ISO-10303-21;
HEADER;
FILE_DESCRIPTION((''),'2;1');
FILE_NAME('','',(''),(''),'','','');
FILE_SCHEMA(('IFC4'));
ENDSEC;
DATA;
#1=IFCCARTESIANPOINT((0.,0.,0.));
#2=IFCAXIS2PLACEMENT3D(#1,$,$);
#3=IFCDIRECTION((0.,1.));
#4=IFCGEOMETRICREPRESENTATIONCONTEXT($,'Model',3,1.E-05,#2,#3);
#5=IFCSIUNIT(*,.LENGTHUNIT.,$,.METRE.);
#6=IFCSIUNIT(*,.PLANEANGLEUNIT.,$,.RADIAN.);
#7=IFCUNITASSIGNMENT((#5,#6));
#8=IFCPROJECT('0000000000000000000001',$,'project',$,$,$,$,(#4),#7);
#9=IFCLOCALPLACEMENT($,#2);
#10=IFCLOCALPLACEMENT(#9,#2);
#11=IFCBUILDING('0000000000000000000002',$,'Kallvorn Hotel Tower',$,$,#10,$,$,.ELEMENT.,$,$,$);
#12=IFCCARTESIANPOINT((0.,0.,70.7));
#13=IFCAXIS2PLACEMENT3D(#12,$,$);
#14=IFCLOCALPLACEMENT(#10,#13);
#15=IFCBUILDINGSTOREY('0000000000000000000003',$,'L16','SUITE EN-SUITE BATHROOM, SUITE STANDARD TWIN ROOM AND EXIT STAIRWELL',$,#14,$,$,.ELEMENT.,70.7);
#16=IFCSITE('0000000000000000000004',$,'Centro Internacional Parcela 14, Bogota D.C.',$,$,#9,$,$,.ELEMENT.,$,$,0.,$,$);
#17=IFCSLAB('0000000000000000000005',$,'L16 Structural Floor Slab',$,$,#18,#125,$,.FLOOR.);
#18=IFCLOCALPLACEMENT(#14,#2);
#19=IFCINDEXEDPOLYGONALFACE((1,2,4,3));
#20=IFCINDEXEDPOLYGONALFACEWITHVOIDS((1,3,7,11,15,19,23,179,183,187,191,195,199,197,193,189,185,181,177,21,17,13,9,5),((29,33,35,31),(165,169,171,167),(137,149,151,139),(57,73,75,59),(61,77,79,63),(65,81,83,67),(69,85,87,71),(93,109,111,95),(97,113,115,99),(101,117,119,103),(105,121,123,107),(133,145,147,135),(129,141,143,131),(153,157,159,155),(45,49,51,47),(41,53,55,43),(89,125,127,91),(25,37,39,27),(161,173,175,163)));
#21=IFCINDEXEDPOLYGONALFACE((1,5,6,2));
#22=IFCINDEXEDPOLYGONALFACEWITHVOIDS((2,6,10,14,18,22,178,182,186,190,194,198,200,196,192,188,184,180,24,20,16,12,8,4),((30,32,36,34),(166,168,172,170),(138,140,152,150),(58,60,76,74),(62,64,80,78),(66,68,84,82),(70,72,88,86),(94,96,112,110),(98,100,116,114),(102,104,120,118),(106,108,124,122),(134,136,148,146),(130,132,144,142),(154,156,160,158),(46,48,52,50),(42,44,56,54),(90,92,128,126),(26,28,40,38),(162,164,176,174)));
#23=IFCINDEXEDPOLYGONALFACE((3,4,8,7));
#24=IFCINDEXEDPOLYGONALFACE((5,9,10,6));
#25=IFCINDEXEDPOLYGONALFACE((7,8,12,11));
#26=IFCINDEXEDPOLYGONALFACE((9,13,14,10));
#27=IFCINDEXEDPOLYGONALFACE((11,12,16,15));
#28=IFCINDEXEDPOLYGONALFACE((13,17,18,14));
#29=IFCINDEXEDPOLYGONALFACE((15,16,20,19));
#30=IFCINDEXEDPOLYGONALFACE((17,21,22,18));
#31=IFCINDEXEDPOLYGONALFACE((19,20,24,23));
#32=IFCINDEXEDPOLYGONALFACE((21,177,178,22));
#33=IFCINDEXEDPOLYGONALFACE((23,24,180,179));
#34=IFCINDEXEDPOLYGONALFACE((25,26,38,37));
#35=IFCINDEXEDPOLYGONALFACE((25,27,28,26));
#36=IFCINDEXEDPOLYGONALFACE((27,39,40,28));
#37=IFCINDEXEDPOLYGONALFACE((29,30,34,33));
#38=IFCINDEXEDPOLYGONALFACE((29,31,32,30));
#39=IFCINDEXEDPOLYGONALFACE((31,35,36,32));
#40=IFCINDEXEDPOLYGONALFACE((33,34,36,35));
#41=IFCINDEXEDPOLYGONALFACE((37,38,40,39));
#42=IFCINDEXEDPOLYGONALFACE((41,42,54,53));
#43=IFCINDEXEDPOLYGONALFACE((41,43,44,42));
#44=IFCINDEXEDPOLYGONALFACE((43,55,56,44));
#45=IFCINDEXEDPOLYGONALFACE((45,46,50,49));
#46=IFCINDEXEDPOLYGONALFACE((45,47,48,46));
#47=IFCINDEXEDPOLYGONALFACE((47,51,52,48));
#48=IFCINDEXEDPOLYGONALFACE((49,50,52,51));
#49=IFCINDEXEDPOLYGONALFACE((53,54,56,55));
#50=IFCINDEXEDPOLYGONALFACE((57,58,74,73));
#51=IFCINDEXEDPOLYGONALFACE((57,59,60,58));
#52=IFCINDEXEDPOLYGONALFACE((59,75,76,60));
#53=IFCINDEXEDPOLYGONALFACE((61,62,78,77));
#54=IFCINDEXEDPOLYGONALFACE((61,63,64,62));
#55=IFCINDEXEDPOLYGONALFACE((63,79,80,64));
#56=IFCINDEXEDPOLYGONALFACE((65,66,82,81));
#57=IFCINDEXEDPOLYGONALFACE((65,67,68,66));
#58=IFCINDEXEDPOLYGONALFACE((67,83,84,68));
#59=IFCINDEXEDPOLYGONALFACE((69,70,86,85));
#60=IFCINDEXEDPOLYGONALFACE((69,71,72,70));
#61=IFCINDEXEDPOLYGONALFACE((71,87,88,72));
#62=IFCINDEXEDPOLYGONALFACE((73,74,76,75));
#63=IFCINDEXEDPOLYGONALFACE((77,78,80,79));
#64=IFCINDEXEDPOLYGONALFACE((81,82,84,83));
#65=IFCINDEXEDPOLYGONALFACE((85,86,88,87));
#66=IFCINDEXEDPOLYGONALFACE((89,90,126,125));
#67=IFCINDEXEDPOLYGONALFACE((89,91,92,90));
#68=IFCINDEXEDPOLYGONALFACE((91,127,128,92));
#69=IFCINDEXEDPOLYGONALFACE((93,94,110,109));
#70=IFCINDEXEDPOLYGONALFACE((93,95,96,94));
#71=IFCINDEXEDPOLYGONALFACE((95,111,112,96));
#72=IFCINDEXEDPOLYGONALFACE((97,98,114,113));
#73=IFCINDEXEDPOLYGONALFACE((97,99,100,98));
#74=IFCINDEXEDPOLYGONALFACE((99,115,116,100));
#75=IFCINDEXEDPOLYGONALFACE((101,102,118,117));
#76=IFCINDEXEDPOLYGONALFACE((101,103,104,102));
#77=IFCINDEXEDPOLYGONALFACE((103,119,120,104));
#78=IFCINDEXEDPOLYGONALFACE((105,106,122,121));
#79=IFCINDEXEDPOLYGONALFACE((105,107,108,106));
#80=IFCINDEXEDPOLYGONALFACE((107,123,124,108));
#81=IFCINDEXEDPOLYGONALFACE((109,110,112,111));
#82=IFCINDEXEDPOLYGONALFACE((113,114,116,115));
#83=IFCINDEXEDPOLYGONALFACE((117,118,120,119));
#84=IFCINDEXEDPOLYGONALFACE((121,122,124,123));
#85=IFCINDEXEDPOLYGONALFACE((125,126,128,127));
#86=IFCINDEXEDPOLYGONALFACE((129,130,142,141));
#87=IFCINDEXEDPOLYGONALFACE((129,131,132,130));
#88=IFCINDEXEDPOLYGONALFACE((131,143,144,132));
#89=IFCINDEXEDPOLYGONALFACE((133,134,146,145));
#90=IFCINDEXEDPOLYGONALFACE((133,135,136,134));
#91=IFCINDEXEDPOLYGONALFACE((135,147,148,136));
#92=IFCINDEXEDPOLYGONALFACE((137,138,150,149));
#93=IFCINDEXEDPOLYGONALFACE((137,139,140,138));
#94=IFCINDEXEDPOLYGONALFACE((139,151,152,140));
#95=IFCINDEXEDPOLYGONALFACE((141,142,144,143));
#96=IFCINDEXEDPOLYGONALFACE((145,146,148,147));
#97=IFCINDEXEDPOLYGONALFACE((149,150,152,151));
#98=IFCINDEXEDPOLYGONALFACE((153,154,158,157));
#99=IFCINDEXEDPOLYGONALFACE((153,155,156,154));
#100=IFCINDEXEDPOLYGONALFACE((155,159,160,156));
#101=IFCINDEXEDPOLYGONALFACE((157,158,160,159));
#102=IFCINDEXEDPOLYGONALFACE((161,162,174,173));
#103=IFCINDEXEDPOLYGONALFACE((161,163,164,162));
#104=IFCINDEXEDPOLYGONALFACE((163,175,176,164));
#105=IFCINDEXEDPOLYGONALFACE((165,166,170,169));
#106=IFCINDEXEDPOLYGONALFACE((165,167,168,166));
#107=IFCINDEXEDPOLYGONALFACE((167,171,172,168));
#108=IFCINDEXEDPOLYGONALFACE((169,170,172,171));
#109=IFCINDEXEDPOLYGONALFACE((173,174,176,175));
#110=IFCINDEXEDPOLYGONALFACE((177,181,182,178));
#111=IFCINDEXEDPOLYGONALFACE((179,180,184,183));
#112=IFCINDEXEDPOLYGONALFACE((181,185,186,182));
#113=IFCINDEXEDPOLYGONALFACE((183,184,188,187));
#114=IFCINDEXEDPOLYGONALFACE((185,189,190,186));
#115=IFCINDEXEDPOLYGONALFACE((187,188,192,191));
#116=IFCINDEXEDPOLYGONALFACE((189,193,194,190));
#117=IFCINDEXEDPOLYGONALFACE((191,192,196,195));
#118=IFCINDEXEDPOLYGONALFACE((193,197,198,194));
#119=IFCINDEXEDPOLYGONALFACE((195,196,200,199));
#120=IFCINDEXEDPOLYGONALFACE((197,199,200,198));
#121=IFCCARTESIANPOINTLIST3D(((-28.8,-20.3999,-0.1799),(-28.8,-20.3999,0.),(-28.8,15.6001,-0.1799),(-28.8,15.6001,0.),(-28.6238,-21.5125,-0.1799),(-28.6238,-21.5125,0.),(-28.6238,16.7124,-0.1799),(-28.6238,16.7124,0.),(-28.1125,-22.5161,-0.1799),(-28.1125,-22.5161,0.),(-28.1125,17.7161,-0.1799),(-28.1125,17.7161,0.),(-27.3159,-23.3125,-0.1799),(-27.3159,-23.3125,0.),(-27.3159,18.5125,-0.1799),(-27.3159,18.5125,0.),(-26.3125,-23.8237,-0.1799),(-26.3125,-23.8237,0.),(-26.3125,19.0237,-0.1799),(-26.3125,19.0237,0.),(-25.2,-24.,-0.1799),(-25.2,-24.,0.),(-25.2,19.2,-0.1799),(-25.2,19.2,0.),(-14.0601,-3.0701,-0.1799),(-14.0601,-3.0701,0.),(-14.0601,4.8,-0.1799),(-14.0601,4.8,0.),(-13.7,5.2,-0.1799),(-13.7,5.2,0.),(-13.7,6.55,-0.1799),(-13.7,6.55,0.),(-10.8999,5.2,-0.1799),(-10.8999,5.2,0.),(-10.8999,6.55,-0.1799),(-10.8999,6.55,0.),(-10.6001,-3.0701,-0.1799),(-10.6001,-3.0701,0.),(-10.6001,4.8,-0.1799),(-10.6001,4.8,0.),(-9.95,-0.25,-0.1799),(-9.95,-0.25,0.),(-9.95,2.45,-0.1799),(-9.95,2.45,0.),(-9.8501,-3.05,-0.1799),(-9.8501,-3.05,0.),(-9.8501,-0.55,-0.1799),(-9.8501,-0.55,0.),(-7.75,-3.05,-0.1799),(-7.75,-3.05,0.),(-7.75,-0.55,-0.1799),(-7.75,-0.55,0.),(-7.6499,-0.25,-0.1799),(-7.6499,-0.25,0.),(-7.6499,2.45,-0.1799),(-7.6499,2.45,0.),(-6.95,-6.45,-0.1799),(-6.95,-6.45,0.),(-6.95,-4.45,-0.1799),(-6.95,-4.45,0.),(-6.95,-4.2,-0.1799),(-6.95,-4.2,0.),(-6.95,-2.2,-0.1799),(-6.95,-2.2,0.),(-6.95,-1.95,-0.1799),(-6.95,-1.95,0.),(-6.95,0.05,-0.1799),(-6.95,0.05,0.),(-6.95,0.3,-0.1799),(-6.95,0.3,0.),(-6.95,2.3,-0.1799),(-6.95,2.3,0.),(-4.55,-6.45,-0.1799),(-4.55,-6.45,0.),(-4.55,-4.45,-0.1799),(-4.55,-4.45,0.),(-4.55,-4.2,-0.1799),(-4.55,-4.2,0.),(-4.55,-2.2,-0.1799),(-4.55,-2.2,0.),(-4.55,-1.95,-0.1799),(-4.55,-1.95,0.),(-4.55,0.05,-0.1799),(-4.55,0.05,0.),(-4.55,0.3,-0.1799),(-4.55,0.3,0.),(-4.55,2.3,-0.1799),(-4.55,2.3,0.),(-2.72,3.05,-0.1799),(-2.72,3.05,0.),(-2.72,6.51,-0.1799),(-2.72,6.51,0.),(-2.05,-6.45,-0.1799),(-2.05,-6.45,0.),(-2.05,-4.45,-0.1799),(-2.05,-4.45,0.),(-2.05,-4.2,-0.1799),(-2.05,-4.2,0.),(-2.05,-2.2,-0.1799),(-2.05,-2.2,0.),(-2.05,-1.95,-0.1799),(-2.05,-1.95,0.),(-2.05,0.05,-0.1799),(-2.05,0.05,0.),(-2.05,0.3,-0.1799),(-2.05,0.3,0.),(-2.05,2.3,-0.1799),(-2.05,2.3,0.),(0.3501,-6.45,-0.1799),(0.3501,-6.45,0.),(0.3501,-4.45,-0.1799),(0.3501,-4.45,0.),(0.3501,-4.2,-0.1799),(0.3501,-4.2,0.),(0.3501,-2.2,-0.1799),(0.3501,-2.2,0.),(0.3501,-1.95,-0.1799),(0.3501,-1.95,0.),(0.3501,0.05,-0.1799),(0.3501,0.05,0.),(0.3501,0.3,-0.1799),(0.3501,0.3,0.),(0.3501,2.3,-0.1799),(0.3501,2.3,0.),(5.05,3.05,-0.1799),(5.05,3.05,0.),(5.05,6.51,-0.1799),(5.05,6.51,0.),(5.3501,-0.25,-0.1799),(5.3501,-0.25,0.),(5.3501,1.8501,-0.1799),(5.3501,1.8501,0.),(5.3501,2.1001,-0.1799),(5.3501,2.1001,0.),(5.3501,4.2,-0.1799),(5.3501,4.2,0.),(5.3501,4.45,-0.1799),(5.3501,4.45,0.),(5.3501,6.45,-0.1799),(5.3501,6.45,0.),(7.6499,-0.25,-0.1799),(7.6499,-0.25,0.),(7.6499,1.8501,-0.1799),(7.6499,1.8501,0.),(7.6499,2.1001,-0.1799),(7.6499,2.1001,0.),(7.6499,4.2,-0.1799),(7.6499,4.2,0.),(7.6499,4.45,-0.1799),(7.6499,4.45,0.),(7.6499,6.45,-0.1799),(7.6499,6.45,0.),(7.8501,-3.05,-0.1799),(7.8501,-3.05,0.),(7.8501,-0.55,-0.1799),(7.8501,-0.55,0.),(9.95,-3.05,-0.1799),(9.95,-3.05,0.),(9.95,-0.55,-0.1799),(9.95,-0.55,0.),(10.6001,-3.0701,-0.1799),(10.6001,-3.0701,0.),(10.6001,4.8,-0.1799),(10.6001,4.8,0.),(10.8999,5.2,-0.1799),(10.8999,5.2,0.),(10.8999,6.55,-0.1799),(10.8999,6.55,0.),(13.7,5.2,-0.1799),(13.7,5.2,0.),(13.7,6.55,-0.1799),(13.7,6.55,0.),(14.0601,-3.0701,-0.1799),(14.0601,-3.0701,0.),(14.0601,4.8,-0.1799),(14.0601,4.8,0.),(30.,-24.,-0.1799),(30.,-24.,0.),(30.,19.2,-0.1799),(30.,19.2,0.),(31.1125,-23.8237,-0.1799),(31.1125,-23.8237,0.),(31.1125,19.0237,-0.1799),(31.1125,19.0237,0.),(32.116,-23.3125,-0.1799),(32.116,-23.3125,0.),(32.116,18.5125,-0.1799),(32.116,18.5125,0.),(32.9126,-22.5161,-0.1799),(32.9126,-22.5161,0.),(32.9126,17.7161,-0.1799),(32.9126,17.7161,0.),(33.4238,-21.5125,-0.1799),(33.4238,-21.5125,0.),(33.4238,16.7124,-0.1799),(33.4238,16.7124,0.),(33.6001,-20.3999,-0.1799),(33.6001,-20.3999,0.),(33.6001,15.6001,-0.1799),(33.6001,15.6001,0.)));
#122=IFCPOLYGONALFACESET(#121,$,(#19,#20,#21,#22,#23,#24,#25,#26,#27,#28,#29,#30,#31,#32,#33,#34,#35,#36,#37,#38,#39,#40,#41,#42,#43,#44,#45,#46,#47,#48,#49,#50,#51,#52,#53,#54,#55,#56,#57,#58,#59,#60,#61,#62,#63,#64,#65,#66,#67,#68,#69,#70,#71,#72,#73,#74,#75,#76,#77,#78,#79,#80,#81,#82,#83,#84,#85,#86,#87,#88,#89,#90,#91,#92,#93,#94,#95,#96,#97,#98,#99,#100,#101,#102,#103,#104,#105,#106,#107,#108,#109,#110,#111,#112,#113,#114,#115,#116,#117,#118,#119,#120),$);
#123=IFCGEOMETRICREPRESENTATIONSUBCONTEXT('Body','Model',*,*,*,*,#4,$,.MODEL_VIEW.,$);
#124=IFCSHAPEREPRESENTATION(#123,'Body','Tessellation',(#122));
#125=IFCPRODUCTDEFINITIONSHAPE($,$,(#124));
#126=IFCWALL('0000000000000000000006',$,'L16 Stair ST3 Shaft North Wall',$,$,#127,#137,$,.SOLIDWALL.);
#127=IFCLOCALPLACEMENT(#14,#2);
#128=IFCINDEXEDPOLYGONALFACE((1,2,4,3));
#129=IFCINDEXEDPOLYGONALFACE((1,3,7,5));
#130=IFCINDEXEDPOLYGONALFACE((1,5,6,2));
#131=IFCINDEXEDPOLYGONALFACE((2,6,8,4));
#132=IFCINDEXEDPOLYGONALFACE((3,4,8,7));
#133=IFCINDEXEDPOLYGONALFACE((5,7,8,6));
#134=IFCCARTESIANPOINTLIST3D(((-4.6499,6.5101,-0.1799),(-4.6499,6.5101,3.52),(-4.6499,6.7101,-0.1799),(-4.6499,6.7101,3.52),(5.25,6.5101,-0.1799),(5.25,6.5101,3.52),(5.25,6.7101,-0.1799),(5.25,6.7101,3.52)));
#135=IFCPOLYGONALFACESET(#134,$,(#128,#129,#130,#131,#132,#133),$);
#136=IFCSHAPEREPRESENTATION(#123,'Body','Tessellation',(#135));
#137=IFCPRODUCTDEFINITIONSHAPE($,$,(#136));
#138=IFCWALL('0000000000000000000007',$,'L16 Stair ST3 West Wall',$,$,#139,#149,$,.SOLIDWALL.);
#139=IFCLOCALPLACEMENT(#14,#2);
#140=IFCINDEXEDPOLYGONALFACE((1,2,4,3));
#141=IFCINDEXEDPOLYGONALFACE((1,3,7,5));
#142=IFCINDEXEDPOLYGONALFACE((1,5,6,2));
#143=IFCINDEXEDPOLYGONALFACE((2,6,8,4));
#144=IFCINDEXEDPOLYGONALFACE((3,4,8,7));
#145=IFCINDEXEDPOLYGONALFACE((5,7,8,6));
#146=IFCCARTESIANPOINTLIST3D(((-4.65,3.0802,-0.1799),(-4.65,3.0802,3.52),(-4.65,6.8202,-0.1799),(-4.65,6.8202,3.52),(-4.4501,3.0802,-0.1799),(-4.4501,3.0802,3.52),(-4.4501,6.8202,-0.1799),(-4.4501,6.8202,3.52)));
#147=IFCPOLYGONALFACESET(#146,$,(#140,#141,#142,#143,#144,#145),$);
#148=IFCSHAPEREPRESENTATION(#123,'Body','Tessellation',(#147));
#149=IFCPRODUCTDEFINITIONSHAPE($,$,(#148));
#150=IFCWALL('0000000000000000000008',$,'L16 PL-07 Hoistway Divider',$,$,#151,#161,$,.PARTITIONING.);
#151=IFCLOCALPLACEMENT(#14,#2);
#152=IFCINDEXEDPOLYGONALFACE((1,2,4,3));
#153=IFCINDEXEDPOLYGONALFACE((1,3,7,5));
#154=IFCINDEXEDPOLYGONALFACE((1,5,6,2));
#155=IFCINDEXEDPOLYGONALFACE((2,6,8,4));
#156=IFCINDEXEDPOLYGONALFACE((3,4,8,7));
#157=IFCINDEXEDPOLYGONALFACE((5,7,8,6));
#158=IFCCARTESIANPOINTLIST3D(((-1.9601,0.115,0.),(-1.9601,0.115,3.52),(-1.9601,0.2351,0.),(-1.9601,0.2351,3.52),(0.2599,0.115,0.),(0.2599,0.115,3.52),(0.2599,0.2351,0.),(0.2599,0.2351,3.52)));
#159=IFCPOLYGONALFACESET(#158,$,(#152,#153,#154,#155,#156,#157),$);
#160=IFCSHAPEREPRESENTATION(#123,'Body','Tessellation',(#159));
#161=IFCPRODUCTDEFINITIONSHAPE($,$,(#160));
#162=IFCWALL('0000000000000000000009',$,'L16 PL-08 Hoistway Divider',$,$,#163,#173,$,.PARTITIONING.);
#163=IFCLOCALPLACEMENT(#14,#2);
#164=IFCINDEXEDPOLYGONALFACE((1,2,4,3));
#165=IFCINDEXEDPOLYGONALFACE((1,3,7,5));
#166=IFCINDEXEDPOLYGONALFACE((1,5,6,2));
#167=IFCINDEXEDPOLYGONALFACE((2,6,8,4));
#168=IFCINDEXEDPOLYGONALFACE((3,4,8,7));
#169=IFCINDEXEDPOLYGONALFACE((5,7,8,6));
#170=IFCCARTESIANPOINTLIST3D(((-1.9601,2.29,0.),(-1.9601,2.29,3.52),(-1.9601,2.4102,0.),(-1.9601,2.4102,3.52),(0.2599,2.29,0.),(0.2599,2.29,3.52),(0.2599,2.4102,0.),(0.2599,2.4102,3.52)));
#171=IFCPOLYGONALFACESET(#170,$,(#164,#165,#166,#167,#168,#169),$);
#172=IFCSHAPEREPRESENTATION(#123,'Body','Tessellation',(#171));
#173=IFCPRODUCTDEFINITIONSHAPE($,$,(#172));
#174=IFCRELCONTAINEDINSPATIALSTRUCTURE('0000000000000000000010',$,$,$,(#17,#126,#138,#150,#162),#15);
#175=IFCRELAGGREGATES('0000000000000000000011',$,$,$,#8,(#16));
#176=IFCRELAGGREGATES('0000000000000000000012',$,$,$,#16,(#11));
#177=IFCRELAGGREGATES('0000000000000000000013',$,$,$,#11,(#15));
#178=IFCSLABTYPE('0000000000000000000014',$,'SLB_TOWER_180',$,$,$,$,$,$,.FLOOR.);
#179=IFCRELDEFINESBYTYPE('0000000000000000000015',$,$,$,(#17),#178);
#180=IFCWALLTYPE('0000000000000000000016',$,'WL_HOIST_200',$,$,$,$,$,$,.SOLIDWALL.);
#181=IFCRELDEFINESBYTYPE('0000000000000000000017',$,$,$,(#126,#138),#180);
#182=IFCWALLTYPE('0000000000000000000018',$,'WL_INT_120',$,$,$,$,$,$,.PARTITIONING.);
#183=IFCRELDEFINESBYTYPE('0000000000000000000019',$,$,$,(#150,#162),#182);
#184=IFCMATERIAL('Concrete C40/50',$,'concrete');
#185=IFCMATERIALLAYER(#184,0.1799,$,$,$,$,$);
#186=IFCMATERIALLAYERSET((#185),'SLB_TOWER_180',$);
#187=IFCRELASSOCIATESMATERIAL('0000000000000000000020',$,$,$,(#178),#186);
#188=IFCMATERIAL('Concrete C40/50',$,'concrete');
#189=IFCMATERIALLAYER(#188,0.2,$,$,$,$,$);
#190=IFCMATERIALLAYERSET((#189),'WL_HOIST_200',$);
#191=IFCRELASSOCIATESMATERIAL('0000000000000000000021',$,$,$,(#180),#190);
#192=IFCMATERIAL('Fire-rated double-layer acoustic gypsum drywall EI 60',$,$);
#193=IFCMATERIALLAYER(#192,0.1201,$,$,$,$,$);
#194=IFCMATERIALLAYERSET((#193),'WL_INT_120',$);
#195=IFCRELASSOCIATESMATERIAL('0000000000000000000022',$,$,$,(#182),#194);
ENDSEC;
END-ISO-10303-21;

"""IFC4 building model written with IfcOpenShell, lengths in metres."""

from ifc_helpers import new_model, si_unit, direction, frame, frame_2d, origin, place, context, subcontext, project, spatial, polyline, rectangle, outline, extrude, material, layer, layer_set, type_object, element, save


model = new_model("IFC4")

# Units and contexts
model_context = context("Model", 3, precision=1e-05, world=origin(), true_north=direction((0.0, 1.0)))
body_context = subcontext(model_context, "Body", "Model", "MODEL_VIEW")
ifc_project = project(units=[si_unit("LENGTHUNIT", "METRE"), si_unit("PLANEANGLEUNIT", "RADIAN")], contexts=[model_context])

# Site, building, storey
site_placement = place(None, origin())
site = spatial("IfcSite", under=ifc_project, at=site_placement, Name="Centro Internacional Parcela 14, Bogota D.C.", CompositionType="ELEMENT", RefElevation=0.0)
building_placement = place(site_placement, origin())
building = spatial("IfcBuilding", under=site, at=building_placement, Name="Kallvorn Hotel Tower", CompositionType="ELEMENT")
storey_placement = place(building_placement, frame((0.0, 0.0, 70.7)))
storey = spatial("IfcBuildingStorey", under=building, at=storey_placement, Name="L16", Description="SUITE EN-SUITE BATHROOM, SUITE STANDARD TWIN ROOM AND EXIT STAIRWELL", CompositionType="ELEMENT", Elevation=70.7)

# Slab
ifc_material_1 = material(Name="Concrete C40/50", Category="concrete")
ifc_layer_1 = layer(ifc_material_1, 0.1799)
ifc_layer_set_1 = layer_set([ifc_layer_1], Name="SLB_TOWER_180")
slab_type_1 = type_object("IfcSlabType", Name="SLB_TOWER_180", PredefinedType="FLOOR", material=ifc_layer_set_1)
slab_1_placement = place(storey_placement, frame((0.0, 0.0, -0.1799)))
element("IfcSlab", 1, at=slab_1_placement, inside=storey, type_object=slab_type_1, Name="L16 Structural Floor Slab", PredefinedType="FLOOR", context=body_context, shape_type="SweptSolid", body=[
    extrude(outline(polyline([(30.0, -24.0), (31.1125, -23.8237), (32.116, -23.3125), (32.9126, -22.5161), (33.4238, -21.5125), (33.6001, -20.3999), (33.6001, 15.6001), (33.4238, 16.7124), (32.9126, 17.7161), (32.116, 18.5125), (31.1125, 19.0237), (30.0, 19.2), (-25.2, 19.2), (-26.3125, 19.0237), (-27.3159, 18.5125), (-28.1125, 17.7161), (-28.6238, 16.7124), (-28.8, 15.6001), (-28.8, -20.3999), (-28.6238, -21.5125), (-28.1125, -22.5161), (-27.3159, -23.3125), (-26.3125, -23.8237), (-25.2, -24.0), (30.0, -24.0)]), holes=[polyline([(-10.6001, -3.0701), (-10.6001, 4.8), (-14.0601, 4.8), (-14.0601, -3.0701), (-10.6001, -3.0701)]), polyline([(14.0601, -3.0701), (14.0601, 4.8), (10.6001, 4.8), (10.6001, -3.0701), (14.0601, -3.0701)]), polyline([(-2.72, 3.05), (5.05, 3.05), (5.05, 6.51), (-2.72, 6.51), (-2.72, 3.05)]), polyline([(-6.95, -6.45), (-4.55, -6.45), (-4.55, -4.45), (-6.95, -4.45), (-6.95, -6.45)]), polyline([(-6.95, -4.2), (-4.55, -4.2), (-4.55, -2.2), (-6.95, -2.2), (-6.95, -4.2)]), polyline([(-6.95, -1.95), (-4.55, -1.95), (-4.55, 0.05), (-6.95, 0.05), (-6.95, -1.95)]), polyline([(-6.95, 0.3), (-4.55, 0.3), (-4.55, 2.3), (-6.95, 2.3), (-6.95, 0.3)]), polyline([(-2.05, -6.45), (0.3501, -6.45), (0.3501, -4.45), (-2.05, -4.45), (-2.05, -6.45)]), polyline([(-2.05, -4.2), (0.3501, -4.2), (0.3501, -2.2), (-2.05, -2.2), (-2.05, -4.2)]), polyline([(-2.05, -1.95), (0.3501, -1.95), (0.3501, 0.05), (-2.05, 0.05), (-2.05, -1.95)]), polyline([(-2.05, 0.3), (0.3501, 0.3), (0.3501, 2.3), (-2.05, 2.3), (-2.05, 0.3)]), polyline([(5.3501, -0.25), (7.6499, -0.25), (7.6499, 1.8501), (5.3501, 1.8501), (5.3501, -0.25)]), polyline([(5.3501, 2.1001), (7.6499, 2.1001), (7.6499, 4.2), (5.3501, 4.2), (5.3501, 2.1001)]), polyline([(5.3501, 4.45), (7.6499, 4.45), (7.6499, 6.45), (5.3501, 6.45), (5.3501, 4.45)]), polyline([(-9.8501, -3.05), (-7.75, -3.05), (-7.75, -0.55), (-9.8501, -0.55), (-9.8501, -3.05)]), polyline([(7.8501, -3.05), (9.95, -3.05), (9.95, -0.55), (7.8501, -0.55), (7.8501, -3.05)]), polyline([(-9.95, -0.25), (-7.6499, -0.25), (-7.6499, 2.45), (-9.95, 2.45), (-9.95, -0.25)]), polyline([(-13.7, 5.2), (-10.8999, 5.2), (-10.8999, 6.55), (-13.7, 6.55), (-13.7, 5.2)]), polyline([(10.8999, 5.2), (13.7, 5.2), (13.7, 6.55), (10.8999, 6.55), (10.8999, 5.2)])]), origin(), (0.0, 0.0, 1.0), 0.1799),
])

# Walls
ifc_material_2 = material(Name="Concrete C40/50", Category="concrete")
ifc_layer_2 = layer(ifc_material_2, 0.2)
ifc_layer_set_2 = layer_set([ifc_layer_2], Name="WL_HOIST_200")
wall_type_1 = type_object("IfcWallType", Name="WL_HOIST_200", PredefinedType="SOLIDWALL", material=ifc_layer_set_2)
wall_1_placement = place(storey_placement, frame((-4.6499, 6.6101, -0.1799), z_axis=(0.0, 0.0, 1.0), x_axis=(1.0, 0.0, 0.0)))
element("IfcWall", 2, at=wall_1_placement, inside=storey, type_object=wall_type_1, Name="L16 Stair ST3 Shaft North Wall", PredefinedType="SOLIDWALL", context=body_context, shape_type="SweptSolid", body=[
    extrude(rectangle(XDim=9.8999, YDim=0.2, at=frame_2d((4.95, 0.0))), origin(), (0.0, 0.0, 1.0), 3.7),
])
wall_2_placement = place(storey_placement, frame((-4.55, 3.0801, -0.1799), z_axis=(0.0, 0.0, 1.0), x_axis=(0.0, 1.0, 0.0)))
element("IfcWall", 3, at=wall_2_placement, inside=storey, type_object=wall_type_1, Name="L16 Stair ST3 West Wall", PredefinedType="SOLIDWALL", context=body_context, shape_type="SweptSolid", body=[
    extrude(rectangle(XDim=3.74, YDim=0.2, at=frame_2d((1.8701, 0.0))), origin(), (0.0, 0.0, 1.0), 3.7),
])
ifc_material_3 = material(Name="Fire-rated double-layer acoustic gypsum drywall EI 60")
ifc_layer_3 = layer(ifc_material_3, 0.1201)
ifc_layer_set_3 = layer_set([ifc_layer_3], Name="WL_INT_120")
wall_type_2 = type_object("IfcWallType", Name="WL_INT_120", PredefinedType="PARTITIONING", material=ifc_layer_set_3)
for number, where, z_axis, x_axis, name in (
    (4, (-1.96, 0.175, 0.0), (0.0, 0.0, 1.0), (1.0, 0.0, 0.0), "L16 PL-07 Hoistway Divider"),
    (5, (-1.96, 2.3501, 0.0), (0.0, 0.0, 1.0), (1.0, 0.0, 0.0), "L16 PL-08 Hoistway Divider"),
):
    element("IfcWall", number, at=place(storey_placement, frame(where, z_axis=z_axis, x_axis=x_axis)), inside=storey, type_object=wall_type_2, Name=name, PredefinedType="PARTITIONING", context=body_context, shape_type="SweptSolid", body=[
        extrude(rectangle(XDim=2.22, YDim=0.1201, at=frame_2d((1.1099, 0.0))), origin(), (0.0, 0.0, 1.0), 3.52),
    ])

save(model, "model.ifc")
